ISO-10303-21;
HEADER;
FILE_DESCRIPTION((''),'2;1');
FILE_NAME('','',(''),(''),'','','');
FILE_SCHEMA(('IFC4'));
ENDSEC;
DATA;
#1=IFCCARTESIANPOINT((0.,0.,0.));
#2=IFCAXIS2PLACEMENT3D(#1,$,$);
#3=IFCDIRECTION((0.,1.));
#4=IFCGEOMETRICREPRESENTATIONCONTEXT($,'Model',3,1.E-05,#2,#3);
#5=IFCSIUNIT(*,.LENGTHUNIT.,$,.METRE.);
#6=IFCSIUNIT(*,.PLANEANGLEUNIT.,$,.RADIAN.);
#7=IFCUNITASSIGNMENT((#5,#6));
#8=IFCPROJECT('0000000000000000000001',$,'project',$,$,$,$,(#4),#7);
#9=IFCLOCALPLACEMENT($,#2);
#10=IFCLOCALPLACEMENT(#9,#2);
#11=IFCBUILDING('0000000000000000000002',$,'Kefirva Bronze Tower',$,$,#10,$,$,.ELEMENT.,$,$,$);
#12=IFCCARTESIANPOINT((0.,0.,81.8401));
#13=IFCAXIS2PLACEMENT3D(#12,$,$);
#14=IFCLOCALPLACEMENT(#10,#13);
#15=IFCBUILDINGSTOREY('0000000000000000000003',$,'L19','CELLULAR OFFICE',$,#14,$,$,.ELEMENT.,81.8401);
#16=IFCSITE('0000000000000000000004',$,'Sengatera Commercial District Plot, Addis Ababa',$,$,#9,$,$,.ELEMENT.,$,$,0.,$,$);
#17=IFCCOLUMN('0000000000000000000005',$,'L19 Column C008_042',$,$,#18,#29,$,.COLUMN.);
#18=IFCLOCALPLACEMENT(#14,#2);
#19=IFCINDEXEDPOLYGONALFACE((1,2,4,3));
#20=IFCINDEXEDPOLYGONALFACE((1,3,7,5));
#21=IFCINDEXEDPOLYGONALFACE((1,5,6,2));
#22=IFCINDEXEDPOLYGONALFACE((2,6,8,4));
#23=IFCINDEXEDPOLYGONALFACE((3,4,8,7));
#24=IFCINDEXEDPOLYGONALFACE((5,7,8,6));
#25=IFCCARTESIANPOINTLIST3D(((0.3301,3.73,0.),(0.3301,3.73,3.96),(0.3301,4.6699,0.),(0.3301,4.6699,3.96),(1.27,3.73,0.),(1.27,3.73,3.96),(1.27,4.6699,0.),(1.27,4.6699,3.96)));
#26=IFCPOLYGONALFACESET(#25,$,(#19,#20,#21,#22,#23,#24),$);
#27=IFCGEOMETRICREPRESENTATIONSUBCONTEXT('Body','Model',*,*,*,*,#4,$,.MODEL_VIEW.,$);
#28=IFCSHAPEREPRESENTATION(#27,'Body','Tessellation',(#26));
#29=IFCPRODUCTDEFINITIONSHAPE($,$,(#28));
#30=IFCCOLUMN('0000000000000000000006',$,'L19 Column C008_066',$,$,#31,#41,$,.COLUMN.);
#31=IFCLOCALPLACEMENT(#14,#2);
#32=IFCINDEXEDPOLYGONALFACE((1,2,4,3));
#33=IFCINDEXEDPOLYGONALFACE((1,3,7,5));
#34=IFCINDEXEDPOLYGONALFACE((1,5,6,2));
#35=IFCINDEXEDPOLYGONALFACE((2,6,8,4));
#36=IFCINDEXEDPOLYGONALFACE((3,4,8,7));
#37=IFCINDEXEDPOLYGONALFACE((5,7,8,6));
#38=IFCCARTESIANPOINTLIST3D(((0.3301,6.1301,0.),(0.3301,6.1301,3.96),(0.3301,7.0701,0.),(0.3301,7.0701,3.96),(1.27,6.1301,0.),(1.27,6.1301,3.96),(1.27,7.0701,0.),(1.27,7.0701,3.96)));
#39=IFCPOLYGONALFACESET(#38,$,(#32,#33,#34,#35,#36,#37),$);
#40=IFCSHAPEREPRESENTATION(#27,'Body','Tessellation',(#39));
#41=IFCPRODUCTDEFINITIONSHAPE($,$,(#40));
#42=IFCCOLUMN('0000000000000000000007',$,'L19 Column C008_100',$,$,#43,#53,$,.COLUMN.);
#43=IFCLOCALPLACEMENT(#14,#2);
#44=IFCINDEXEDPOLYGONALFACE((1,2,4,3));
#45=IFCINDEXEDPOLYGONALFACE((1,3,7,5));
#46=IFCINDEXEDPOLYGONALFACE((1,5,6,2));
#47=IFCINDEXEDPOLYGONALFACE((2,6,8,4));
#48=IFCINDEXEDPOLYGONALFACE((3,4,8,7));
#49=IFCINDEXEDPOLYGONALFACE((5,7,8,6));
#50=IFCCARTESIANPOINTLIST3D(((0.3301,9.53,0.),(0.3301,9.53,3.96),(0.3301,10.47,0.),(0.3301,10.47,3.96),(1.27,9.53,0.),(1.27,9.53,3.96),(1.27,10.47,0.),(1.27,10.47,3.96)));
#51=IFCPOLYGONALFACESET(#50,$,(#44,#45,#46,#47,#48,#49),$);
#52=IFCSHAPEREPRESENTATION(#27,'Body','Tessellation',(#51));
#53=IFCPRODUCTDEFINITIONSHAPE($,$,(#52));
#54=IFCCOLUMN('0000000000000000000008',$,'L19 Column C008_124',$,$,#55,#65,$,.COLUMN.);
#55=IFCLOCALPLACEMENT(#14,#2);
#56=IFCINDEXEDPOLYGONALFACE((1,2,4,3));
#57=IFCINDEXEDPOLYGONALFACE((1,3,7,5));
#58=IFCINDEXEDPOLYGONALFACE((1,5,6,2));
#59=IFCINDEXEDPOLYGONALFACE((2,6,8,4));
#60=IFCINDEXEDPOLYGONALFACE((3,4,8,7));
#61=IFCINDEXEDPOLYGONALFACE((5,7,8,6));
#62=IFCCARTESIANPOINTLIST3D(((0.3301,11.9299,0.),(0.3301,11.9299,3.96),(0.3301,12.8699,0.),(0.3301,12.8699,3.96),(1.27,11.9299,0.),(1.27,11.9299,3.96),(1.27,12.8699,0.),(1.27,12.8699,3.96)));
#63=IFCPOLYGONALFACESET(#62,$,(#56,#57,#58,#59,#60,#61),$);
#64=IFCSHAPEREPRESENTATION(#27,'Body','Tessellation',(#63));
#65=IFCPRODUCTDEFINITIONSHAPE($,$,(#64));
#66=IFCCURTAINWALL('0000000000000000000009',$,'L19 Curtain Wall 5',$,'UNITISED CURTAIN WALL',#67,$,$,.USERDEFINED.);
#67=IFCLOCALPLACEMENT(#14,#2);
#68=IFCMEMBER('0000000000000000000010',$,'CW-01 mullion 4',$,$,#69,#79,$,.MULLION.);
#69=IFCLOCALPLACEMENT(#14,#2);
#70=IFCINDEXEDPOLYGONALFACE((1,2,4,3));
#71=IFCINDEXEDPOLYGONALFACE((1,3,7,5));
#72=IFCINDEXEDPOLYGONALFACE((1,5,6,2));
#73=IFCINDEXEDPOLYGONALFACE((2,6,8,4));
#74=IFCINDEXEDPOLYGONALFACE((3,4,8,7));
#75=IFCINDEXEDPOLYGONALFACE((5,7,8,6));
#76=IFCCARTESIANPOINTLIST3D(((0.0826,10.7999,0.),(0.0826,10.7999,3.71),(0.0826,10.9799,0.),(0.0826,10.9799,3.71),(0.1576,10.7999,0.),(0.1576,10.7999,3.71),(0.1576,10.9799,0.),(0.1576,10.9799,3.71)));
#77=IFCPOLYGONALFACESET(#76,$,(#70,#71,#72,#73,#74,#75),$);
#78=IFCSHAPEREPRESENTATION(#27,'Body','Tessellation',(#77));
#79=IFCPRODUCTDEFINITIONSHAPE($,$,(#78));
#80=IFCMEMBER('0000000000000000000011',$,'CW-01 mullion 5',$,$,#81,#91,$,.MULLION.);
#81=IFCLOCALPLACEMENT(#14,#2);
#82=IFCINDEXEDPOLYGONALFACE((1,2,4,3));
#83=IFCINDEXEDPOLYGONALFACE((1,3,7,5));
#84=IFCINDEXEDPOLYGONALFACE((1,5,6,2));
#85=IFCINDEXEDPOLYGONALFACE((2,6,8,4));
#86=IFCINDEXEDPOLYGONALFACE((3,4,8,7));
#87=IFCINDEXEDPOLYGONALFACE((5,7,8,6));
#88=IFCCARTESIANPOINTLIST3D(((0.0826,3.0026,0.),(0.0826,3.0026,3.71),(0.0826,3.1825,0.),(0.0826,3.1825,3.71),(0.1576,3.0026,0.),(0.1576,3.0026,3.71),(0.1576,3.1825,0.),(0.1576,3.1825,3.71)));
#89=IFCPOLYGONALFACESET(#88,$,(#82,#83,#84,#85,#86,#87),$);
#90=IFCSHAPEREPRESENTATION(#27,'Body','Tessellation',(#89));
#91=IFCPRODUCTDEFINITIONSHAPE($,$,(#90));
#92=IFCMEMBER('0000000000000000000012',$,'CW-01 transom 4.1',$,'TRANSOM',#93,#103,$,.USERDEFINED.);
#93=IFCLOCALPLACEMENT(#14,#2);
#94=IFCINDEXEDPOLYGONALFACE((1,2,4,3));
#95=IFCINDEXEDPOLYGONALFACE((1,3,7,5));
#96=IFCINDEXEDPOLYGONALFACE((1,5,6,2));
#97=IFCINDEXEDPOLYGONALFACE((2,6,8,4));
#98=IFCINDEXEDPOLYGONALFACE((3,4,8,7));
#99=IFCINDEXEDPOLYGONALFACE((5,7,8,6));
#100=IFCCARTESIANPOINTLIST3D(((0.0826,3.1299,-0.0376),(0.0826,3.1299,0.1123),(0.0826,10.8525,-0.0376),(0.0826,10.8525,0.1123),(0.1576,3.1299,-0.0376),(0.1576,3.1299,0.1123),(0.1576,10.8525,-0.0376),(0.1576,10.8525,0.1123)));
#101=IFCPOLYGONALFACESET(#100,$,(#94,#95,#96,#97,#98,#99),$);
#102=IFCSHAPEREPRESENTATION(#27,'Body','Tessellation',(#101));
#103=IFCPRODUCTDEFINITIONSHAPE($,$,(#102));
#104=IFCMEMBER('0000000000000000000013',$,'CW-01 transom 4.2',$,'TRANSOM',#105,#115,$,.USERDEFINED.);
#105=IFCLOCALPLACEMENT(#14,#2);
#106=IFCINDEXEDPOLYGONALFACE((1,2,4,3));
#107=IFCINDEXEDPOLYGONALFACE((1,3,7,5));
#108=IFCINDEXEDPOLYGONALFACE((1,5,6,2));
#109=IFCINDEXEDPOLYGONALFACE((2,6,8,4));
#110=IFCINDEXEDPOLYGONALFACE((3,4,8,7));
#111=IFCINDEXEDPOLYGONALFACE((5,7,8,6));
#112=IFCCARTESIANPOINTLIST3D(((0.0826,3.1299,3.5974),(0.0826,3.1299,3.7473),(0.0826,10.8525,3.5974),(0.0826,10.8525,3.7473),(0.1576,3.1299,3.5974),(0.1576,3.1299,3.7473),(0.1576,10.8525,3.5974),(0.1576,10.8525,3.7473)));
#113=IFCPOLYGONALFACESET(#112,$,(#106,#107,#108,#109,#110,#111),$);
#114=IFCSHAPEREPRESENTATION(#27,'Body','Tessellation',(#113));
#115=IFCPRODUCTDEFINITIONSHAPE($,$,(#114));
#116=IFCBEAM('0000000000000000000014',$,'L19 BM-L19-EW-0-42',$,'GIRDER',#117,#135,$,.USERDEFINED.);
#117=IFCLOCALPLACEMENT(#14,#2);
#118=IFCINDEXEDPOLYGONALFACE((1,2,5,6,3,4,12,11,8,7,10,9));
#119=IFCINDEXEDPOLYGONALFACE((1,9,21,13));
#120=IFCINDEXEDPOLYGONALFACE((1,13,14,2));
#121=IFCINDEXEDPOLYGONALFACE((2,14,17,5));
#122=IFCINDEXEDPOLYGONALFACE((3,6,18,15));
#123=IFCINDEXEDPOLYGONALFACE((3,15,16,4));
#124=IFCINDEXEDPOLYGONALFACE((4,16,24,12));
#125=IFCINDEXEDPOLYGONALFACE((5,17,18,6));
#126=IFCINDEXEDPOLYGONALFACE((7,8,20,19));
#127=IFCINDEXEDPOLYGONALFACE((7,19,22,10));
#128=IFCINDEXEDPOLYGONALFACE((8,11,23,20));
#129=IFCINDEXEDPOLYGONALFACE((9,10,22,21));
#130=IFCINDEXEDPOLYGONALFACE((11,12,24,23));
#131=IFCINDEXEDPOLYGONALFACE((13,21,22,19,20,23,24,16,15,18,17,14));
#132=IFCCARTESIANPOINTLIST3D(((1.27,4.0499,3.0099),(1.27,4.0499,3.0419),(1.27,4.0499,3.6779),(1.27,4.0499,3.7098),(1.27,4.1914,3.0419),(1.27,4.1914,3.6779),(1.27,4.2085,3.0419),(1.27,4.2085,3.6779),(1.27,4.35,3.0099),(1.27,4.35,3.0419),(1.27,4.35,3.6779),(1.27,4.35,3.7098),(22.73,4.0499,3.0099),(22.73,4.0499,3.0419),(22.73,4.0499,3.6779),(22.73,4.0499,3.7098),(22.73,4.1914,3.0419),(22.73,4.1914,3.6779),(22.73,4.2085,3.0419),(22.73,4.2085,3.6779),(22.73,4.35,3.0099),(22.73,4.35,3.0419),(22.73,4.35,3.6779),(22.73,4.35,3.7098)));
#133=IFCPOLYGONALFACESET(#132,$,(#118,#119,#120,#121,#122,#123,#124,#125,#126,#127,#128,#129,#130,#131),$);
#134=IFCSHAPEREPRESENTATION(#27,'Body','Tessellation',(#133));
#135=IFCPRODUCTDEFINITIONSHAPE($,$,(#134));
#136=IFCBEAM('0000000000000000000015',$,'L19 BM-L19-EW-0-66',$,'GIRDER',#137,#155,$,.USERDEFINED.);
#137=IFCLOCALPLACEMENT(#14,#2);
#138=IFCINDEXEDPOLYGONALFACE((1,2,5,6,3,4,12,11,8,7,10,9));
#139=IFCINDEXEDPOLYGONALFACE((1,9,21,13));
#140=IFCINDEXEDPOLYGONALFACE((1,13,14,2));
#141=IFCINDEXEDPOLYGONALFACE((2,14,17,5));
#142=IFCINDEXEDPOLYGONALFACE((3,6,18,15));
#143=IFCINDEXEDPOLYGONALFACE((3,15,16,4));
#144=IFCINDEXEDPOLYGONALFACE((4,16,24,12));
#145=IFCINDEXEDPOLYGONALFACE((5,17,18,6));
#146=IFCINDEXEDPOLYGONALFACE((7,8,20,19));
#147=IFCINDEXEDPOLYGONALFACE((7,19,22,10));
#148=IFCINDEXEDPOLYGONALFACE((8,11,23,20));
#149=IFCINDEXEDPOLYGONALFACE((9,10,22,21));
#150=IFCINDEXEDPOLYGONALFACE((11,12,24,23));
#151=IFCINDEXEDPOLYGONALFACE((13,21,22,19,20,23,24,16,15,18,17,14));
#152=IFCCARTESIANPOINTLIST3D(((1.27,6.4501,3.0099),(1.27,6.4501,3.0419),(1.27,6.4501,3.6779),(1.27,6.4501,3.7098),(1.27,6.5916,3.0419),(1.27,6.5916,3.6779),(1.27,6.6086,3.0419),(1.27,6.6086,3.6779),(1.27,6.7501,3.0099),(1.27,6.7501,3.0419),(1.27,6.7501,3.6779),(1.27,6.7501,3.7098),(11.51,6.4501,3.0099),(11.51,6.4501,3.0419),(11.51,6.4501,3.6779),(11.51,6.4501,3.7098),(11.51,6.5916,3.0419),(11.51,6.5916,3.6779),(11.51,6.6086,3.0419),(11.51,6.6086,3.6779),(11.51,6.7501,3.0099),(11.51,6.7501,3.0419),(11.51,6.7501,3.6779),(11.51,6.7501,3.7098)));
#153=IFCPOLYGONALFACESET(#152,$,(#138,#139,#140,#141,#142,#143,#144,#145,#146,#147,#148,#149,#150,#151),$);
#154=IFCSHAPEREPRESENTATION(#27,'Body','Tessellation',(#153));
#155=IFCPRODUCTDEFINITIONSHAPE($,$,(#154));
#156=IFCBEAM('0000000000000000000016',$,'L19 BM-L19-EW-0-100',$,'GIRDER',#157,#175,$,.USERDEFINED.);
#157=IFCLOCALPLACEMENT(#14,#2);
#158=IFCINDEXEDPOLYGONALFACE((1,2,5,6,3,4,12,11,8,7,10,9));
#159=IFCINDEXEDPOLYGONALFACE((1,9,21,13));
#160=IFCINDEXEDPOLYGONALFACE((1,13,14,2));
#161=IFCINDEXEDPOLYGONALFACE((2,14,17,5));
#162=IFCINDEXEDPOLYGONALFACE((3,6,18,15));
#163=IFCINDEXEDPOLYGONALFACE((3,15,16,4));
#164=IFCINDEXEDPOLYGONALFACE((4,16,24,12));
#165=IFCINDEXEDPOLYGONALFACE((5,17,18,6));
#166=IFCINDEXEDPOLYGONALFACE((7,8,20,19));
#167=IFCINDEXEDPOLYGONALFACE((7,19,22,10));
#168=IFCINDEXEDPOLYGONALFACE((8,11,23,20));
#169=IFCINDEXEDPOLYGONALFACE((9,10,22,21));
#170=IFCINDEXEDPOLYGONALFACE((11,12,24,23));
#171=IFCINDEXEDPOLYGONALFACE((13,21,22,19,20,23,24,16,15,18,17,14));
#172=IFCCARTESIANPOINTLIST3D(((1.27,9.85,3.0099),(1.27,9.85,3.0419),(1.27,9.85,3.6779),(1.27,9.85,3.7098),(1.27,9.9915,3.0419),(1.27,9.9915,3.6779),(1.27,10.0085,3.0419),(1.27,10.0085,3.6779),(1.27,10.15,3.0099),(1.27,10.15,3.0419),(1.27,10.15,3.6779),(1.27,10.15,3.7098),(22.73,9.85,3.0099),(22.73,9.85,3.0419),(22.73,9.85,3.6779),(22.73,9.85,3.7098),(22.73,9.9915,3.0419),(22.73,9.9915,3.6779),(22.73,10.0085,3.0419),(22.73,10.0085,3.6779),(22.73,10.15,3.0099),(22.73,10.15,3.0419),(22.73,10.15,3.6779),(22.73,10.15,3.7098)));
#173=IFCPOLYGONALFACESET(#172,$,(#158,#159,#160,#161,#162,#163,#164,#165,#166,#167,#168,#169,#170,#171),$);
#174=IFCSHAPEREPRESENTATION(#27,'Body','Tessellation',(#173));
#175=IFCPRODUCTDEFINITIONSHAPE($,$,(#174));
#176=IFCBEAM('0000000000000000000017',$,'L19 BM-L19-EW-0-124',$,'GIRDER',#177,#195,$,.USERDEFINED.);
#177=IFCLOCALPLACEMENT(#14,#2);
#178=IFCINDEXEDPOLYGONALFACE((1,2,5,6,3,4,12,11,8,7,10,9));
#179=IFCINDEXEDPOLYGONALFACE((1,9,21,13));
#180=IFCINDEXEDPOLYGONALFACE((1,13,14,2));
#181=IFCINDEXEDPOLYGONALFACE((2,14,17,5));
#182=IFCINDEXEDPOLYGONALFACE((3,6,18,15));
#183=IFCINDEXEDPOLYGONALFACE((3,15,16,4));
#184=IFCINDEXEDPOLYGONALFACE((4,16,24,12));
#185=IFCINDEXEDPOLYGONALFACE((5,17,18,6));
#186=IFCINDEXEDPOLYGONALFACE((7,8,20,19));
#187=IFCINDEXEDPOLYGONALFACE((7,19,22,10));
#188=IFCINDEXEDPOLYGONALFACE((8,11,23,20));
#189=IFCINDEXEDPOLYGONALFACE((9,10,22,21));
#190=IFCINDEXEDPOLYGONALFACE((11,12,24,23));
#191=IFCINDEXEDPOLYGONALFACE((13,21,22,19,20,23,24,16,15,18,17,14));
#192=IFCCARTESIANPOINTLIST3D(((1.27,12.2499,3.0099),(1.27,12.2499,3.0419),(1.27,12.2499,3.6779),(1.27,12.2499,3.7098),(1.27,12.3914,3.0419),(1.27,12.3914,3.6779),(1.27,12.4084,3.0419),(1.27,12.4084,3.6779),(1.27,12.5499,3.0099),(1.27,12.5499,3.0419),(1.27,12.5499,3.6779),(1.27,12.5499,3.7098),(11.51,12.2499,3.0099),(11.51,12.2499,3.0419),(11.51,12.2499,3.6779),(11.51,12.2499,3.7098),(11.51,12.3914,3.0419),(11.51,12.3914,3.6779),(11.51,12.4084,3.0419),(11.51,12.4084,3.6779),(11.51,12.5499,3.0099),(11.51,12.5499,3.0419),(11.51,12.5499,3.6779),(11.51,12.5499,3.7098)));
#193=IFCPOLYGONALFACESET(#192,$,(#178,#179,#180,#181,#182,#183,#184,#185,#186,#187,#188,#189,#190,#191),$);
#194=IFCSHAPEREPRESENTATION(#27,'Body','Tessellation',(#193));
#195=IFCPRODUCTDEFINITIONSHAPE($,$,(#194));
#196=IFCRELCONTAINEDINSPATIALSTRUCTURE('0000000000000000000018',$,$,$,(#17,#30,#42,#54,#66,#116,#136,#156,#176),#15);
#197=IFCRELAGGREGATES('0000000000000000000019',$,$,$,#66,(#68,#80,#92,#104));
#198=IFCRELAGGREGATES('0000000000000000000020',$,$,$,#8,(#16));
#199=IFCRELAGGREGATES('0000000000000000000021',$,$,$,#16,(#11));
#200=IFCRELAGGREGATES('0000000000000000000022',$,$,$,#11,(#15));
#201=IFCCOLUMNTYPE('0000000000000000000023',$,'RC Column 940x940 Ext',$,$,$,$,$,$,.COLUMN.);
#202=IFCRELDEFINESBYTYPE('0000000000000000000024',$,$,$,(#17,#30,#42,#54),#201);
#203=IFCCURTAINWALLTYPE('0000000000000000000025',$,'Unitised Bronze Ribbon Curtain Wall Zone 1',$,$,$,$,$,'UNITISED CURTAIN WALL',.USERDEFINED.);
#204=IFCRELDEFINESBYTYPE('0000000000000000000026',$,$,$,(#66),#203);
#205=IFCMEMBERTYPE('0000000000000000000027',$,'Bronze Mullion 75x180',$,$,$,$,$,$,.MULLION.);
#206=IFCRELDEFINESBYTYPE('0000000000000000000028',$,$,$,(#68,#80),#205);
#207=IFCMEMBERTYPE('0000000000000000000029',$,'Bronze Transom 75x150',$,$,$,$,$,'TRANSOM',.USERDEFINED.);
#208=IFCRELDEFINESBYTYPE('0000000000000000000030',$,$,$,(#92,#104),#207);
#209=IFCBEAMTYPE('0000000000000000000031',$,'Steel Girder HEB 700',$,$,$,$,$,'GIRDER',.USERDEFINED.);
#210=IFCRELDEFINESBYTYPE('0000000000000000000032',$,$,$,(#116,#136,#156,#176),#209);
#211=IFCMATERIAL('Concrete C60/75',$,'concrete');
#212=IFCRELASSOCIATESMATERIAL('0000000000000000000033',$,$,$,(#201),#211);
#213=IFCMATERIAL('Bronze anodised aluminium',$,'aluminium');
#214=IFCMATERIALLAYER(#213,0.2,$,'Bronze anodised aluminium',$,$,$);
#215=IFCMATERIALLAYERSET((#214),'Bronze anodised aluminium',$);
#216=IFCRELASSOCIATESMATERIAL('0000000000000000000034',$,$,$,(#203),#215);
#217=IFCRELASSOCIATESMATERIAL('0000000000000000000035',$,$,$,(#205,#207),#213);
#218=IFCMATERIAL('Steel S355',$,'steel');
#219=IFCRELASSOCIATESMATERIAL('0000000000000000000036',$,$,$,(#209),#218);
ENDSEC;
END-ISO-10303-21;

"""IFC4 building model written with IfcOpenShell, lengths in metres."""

from ifc_helpers import new_model, si_unit, direction, frame, origin, origin_2d, place, context, subcontext, project, spatial, rectangle, i_section, extrude, material, layer, layer_set, material_profile, profile_set, type_object, element, aggregate, save


model = new_model("IFC4")

# Units and contexts
model_context = context("Model", 3, precision=1e-05, world=origin(), true_north=direction((0.0, 1.0)))
body_context = subcontext(model_context, "Body", "Model", "MODEL_VIEW")
ifc_project = project(units=[si_unit("LENGTHUNIT", "METRE"), si_unit("PLANEANGLEUNIT", "RADIAN")], contexts=[model_context])

# Site, building, storey
site_placement = place(None, origin())
site = spatial("IfcSite", under=ifc_project, at=site_placement, Name="Sengatera Commercial District Plot, Addis Ababa", CompositionType="ELEMENT", RefElevation=0.0)
building_placement = place(site_placement, origin())
building = spatial("IfcBuilding", under=site, at=building_placement, Name="Kefirva Bronze Tower", CompositionType="ELEMENT")
storey_placement = place(building_placement, frame((0.0, 0.0, 81.8401)))
storey = spatial("IfcBuildingStorey", under=building, at=storey_placement, Name="L19", Description="CELLULAR OFFICE", CompositionType="ELEMENT", Elevation=81.8401)

# Columns
ifc_material_1 = material(Name="Concrete C60/75", Category="concrete")
ifc_material_profile_1 = material_profile(ifc_material_1, rectangle(XDim=0.9399, YDim=0.9399, at=origin_2d()), Name="RC 940x940")
ifc_profile_set_1 = profile_set([ifc_material_profile_1], Name="Concrete C60/75")
column_type = type_object("IfcColumnType", Name="RC Column 940x940 Ext", PredefinedType="COLUMN", material=ifc_profile_set_1)
for number, where, z_axis, x_axis, name in (
    (1, (0.8, 4.2, 0.0), (0.0, 0.0, 1.0), (1.0, 0.0, 0.0), "L19 Column C008_042"),
    (2, (0.8, 6.6001, 0.0), (0.0, 0.0, 1.0), (1.0, 0.0, 0.0), "L19 Column C008_066"),
    (3, (0.8, 10.0, 0.0), (0.0, 0.0, 1.0), (1.0, 0.0, 0.0), "L19 Column C008_100"),
    (4, (0.8, 12.3999, 0.0), (0.0, 0.0, 1.0), (1.0, 0.0, 0.0), "L19 Column C008_124"),
):
    element("IfcColumn", number, at=place(storey_placement, frame(where, z_axis=z_axis, x_axis=x_axis)), inside=storey, type_object=column_type, Name=name, PredefinedType="COLUMN", context=body_context, shape_type="SweptSolid", body=[
        extrude(rectangle(XDim=0.9399, YDim=0.9399, at=origin_2d()), origin(), (0.0, 0.0, 1.0), 3.96),
    ])

# Curtain wall, members
ifc_material_2 = material(Name="Bronze anodised aluminium", Category="aluminium")
ifc_layer_1 = layer(ifc_material_2, 0.2, Name="Bronze anodised aluminium")
ifc_layer_set_1 = layer_set([ifc_layer_1], Name="Bronze anodised aluminium")
curtain_wall_type = type_object("IfcCurtainWallType", Name="Unitised Bronze Ribbon Curtain Wall Zone 1", ElementType="UNITISED CURTAIN WALL", PredefinedType="USERDEFINED", material=ifc_layer_set_1)
curtain_wall_placement = place(storey_placement, origin())
curtain_wall = element("IfcCurtainWall", 5, at=curtain_wall_placement, inside=storey, type_object=curtain_wall_type, Name="L19 Curtain Wall 5", ObjectType="UNITISED CURTAIN WALL", PredefinedType="USERDEFINED")
ifc_material_profile_2 = material_profile(ifc_material_2, rectangle(XDim=0.075, YDim=0.1799, at=origin_2d()), Name="ALU 75x180")
ifc_profile_set_2 = profile_set([ifc_material_profile_2], Name="Bronze anodised aluminium")
member_type_1 = type_object("IfcMemberType", Name="Bronze Mullion 75x180", PredefinedType="MULLION", material=ifc_profile_set_2)
member_1_placement = place(storey_placement, frame((0.1201, 10.8899, 0.0), z_axis=(0.0, 0.0, 1.0), x_axis=(1.0, 0.0, 0.0)))
member_1 = element("IfcMember", 6, at=member_1_placement, type_object=member_type_1, Name="CW-01 mullion 4", PredefinedType="MULLION", context=body_context, shape_type="SweptSolid", body=[
    extrude(rectangle(XDim=0.075, YDim=0.1799, at=origin_2d()), origin(), (0.0, 0.0, 1.0), 3.71),
])
member_2_placement = place(storey_placement, frame((0.1201, 3.0925, 0.0), z_axis=(0.0, 0.0, 1.0), x_axis=(1.0, 0.0, 0.0)))
member_2 = element("IfcMember", 7, at=member_2_placement, type_object=member_type_1, Name="CW-01 mullion 5", PredefinedType="MULLION", context=body_context, shape_type="SweptSolid", body=[
    extrude(rectangle(XDim=0.075, YDim=0.1799, at=origin_2d()), origin(), (0.0, 0.0, 1.0), 3.71),
])
ifc_material_profile_3 = material_profile(ifc_material_2, rectangle(XDim=0.075, YDim=0.1499, at=origin_2d()), Name="ALU 75x150")
ifc_profile_set_3 = profile_set([ifc_material_profile_3], Name="Bronze anodised aluminium")
member_type_2 = type_object("IfcMemberType", Name="Bronze Transom 75x150", ElementType="TRANSOM", PredefinedType="USERDEFINED", material=ifc_profile_set_3)
member_3_placement = place(storey_placement, frame((0.1201, 10.8525, 0.0374), z_axis=(0.0, -1.0, 0.0), x_axis=(1.0, 0.0, 0.0)))
member_3 = element("IfcMember", 8, at=member_3_placement, type_object=member_type_2, Name="CW-01 transom 4.1", ObjectType="TRANSOM", PredefinedType="USERDEFINED", context=body_context, shape_type="SweptSolid", body=[
    extrude(rectangle(XDim=0.075, YDim=0.1499, at=origin_2d()), origin(), (0.0, 0.0, 1.0), 7.7227),
])
member_4_placement = place(storey_placement, frame((0.1201, 10.8525, 3.6724), z_axis=(0.0, -1.0, 0.0), x_axis=(1.0, 0.0, 0.0)))
member_4 = element("IfcMember", 9, at=member_4_placement, type_object=member_type_2, Name="CW-01 transom 4.2", ObjectType="TRANSOM", PredefinedType="USERDEFINED", context=body_context, shape_type="SweptSolid", body=[
    extrude(rectangle(XDim=0.075, YDim=0.1499, at=origin_2d()), origin(), (0.0, 0.0, 1.0), 7.7227),
])

# Beams
ifc_material_3 = material(Name="Steel S355", Category="steel")
ifc_material_profile_4 = material_profile(ifc_material_3, i_section(OverallWidth=0.3, OverallDepth=0.7, WebThickness=0.0171, FlangeThickness=0.032, at=origin_2d()), Name="HEB 700")
ifc_profile_set_4 = profile_set([ifc_material_profile_4], Name="Steel S355")
beam_type_1 = type_object("IfcBeamType", Name="Steel Girder HEB 700", ElementType="GIRDER", PredefinedType="USERDEFINED", material=ifc_profile_set_4)
beam_1_placement = place(storey_placement, frame((1.27, 4.2, 3.3599), z_axis=(1.0, 0.0, 0.0), x_axis=(0.0, 1.0, 0.0)))
element("IfcBeam", 10, at=beam_1_placement, inside=storey, type_object=beam_type_1, Name="L19 BM-L19-EW-0-42", ObjectType="GIRDER", PredefinedType="USERDEFINED", context=body_context, shape_type="SweptSolid", body=[
    extrude(i_section(OverallWidth=0.3, OverallDepth=0.7, WebThickness=0.0171, FlangeThickness=0.032, at=origin_2d()), origin(), (0.0, 0.0, 1.0), 21.46),
])
beam_2_placement = place(storey_placement, frame((1.27, 6.6001, 3.3599), z_axis=(1.0, 0.0, 0.0), x_axis=(0.0, 1.0, 0.0)))
element("IfcBeam", 11, at=beam_2_placement, inside=storey, type_object=beam_type_1, Name="L19 BM-L19-EW-0-66", ObjectType="GIRDER", PredefinedType="USERDEFINED", context=body_context, shape_type="SweptSolid", body=[
    extrude(i_section(OverallWidth=0.3, OverallDepth=0.7, WebThickness=0.0171, FlangeThickness=0.032, at=origin_2d()), origin(), (0.0, 0.0, 1.0), 10.24),
])
beam_3_placement = place(storey_placement, frame((1.27, 10.0, 3.3599), z_axis=(1.0, 0.0, 0.0), x_axis=(0.0, 1.0, 0.0)))
element("IfcBeam", 12, at=beam_3_placement, inside=storey, type_object=beam_type_1, Name="L19 BM-L19-EW-0-100", ObjectType="GIRDER", PredefinedType="USERDEFINED", context=body_context, shape_type="SweptSolid", body=[
    extrude(i_section(OverallWidth=0.3, OverallDepth=0.7, WebThickness=0.0171, FlangeThickness=0.032, at=origin_2d()), origin(), (0.0, 0.0, 1.0), 21.46),
])
beam_4_placement = place(storey_placement, frame((1.27, 12.3999, 3.3599), z_axis=(1.0, 0.0, 0.0), x_axis=(0.0, 1.0, 0.0)))
element("IfcBeam", 13, at=beam_4_placement, inside=storey, type_object=beam_type_1, Name="L19 BM-L19-EW-0-124", ObjectType="GIRDER", PredefinedType="USERDEFINED", context=body_context, shape_type="SweptSolid", body=[
    extrude(i_section(OverallWidth=0.3, OverallDepth=0.7, WebThickness=0.0171, FlangeThickness=0.032, at=origin_2d()), origin(), (0.0, 0.0, 1.0), 10.24),
])

aggregate(curtain_wall, [member_1, member_2, member_3, member_4])

save(model, "model.ifc")
